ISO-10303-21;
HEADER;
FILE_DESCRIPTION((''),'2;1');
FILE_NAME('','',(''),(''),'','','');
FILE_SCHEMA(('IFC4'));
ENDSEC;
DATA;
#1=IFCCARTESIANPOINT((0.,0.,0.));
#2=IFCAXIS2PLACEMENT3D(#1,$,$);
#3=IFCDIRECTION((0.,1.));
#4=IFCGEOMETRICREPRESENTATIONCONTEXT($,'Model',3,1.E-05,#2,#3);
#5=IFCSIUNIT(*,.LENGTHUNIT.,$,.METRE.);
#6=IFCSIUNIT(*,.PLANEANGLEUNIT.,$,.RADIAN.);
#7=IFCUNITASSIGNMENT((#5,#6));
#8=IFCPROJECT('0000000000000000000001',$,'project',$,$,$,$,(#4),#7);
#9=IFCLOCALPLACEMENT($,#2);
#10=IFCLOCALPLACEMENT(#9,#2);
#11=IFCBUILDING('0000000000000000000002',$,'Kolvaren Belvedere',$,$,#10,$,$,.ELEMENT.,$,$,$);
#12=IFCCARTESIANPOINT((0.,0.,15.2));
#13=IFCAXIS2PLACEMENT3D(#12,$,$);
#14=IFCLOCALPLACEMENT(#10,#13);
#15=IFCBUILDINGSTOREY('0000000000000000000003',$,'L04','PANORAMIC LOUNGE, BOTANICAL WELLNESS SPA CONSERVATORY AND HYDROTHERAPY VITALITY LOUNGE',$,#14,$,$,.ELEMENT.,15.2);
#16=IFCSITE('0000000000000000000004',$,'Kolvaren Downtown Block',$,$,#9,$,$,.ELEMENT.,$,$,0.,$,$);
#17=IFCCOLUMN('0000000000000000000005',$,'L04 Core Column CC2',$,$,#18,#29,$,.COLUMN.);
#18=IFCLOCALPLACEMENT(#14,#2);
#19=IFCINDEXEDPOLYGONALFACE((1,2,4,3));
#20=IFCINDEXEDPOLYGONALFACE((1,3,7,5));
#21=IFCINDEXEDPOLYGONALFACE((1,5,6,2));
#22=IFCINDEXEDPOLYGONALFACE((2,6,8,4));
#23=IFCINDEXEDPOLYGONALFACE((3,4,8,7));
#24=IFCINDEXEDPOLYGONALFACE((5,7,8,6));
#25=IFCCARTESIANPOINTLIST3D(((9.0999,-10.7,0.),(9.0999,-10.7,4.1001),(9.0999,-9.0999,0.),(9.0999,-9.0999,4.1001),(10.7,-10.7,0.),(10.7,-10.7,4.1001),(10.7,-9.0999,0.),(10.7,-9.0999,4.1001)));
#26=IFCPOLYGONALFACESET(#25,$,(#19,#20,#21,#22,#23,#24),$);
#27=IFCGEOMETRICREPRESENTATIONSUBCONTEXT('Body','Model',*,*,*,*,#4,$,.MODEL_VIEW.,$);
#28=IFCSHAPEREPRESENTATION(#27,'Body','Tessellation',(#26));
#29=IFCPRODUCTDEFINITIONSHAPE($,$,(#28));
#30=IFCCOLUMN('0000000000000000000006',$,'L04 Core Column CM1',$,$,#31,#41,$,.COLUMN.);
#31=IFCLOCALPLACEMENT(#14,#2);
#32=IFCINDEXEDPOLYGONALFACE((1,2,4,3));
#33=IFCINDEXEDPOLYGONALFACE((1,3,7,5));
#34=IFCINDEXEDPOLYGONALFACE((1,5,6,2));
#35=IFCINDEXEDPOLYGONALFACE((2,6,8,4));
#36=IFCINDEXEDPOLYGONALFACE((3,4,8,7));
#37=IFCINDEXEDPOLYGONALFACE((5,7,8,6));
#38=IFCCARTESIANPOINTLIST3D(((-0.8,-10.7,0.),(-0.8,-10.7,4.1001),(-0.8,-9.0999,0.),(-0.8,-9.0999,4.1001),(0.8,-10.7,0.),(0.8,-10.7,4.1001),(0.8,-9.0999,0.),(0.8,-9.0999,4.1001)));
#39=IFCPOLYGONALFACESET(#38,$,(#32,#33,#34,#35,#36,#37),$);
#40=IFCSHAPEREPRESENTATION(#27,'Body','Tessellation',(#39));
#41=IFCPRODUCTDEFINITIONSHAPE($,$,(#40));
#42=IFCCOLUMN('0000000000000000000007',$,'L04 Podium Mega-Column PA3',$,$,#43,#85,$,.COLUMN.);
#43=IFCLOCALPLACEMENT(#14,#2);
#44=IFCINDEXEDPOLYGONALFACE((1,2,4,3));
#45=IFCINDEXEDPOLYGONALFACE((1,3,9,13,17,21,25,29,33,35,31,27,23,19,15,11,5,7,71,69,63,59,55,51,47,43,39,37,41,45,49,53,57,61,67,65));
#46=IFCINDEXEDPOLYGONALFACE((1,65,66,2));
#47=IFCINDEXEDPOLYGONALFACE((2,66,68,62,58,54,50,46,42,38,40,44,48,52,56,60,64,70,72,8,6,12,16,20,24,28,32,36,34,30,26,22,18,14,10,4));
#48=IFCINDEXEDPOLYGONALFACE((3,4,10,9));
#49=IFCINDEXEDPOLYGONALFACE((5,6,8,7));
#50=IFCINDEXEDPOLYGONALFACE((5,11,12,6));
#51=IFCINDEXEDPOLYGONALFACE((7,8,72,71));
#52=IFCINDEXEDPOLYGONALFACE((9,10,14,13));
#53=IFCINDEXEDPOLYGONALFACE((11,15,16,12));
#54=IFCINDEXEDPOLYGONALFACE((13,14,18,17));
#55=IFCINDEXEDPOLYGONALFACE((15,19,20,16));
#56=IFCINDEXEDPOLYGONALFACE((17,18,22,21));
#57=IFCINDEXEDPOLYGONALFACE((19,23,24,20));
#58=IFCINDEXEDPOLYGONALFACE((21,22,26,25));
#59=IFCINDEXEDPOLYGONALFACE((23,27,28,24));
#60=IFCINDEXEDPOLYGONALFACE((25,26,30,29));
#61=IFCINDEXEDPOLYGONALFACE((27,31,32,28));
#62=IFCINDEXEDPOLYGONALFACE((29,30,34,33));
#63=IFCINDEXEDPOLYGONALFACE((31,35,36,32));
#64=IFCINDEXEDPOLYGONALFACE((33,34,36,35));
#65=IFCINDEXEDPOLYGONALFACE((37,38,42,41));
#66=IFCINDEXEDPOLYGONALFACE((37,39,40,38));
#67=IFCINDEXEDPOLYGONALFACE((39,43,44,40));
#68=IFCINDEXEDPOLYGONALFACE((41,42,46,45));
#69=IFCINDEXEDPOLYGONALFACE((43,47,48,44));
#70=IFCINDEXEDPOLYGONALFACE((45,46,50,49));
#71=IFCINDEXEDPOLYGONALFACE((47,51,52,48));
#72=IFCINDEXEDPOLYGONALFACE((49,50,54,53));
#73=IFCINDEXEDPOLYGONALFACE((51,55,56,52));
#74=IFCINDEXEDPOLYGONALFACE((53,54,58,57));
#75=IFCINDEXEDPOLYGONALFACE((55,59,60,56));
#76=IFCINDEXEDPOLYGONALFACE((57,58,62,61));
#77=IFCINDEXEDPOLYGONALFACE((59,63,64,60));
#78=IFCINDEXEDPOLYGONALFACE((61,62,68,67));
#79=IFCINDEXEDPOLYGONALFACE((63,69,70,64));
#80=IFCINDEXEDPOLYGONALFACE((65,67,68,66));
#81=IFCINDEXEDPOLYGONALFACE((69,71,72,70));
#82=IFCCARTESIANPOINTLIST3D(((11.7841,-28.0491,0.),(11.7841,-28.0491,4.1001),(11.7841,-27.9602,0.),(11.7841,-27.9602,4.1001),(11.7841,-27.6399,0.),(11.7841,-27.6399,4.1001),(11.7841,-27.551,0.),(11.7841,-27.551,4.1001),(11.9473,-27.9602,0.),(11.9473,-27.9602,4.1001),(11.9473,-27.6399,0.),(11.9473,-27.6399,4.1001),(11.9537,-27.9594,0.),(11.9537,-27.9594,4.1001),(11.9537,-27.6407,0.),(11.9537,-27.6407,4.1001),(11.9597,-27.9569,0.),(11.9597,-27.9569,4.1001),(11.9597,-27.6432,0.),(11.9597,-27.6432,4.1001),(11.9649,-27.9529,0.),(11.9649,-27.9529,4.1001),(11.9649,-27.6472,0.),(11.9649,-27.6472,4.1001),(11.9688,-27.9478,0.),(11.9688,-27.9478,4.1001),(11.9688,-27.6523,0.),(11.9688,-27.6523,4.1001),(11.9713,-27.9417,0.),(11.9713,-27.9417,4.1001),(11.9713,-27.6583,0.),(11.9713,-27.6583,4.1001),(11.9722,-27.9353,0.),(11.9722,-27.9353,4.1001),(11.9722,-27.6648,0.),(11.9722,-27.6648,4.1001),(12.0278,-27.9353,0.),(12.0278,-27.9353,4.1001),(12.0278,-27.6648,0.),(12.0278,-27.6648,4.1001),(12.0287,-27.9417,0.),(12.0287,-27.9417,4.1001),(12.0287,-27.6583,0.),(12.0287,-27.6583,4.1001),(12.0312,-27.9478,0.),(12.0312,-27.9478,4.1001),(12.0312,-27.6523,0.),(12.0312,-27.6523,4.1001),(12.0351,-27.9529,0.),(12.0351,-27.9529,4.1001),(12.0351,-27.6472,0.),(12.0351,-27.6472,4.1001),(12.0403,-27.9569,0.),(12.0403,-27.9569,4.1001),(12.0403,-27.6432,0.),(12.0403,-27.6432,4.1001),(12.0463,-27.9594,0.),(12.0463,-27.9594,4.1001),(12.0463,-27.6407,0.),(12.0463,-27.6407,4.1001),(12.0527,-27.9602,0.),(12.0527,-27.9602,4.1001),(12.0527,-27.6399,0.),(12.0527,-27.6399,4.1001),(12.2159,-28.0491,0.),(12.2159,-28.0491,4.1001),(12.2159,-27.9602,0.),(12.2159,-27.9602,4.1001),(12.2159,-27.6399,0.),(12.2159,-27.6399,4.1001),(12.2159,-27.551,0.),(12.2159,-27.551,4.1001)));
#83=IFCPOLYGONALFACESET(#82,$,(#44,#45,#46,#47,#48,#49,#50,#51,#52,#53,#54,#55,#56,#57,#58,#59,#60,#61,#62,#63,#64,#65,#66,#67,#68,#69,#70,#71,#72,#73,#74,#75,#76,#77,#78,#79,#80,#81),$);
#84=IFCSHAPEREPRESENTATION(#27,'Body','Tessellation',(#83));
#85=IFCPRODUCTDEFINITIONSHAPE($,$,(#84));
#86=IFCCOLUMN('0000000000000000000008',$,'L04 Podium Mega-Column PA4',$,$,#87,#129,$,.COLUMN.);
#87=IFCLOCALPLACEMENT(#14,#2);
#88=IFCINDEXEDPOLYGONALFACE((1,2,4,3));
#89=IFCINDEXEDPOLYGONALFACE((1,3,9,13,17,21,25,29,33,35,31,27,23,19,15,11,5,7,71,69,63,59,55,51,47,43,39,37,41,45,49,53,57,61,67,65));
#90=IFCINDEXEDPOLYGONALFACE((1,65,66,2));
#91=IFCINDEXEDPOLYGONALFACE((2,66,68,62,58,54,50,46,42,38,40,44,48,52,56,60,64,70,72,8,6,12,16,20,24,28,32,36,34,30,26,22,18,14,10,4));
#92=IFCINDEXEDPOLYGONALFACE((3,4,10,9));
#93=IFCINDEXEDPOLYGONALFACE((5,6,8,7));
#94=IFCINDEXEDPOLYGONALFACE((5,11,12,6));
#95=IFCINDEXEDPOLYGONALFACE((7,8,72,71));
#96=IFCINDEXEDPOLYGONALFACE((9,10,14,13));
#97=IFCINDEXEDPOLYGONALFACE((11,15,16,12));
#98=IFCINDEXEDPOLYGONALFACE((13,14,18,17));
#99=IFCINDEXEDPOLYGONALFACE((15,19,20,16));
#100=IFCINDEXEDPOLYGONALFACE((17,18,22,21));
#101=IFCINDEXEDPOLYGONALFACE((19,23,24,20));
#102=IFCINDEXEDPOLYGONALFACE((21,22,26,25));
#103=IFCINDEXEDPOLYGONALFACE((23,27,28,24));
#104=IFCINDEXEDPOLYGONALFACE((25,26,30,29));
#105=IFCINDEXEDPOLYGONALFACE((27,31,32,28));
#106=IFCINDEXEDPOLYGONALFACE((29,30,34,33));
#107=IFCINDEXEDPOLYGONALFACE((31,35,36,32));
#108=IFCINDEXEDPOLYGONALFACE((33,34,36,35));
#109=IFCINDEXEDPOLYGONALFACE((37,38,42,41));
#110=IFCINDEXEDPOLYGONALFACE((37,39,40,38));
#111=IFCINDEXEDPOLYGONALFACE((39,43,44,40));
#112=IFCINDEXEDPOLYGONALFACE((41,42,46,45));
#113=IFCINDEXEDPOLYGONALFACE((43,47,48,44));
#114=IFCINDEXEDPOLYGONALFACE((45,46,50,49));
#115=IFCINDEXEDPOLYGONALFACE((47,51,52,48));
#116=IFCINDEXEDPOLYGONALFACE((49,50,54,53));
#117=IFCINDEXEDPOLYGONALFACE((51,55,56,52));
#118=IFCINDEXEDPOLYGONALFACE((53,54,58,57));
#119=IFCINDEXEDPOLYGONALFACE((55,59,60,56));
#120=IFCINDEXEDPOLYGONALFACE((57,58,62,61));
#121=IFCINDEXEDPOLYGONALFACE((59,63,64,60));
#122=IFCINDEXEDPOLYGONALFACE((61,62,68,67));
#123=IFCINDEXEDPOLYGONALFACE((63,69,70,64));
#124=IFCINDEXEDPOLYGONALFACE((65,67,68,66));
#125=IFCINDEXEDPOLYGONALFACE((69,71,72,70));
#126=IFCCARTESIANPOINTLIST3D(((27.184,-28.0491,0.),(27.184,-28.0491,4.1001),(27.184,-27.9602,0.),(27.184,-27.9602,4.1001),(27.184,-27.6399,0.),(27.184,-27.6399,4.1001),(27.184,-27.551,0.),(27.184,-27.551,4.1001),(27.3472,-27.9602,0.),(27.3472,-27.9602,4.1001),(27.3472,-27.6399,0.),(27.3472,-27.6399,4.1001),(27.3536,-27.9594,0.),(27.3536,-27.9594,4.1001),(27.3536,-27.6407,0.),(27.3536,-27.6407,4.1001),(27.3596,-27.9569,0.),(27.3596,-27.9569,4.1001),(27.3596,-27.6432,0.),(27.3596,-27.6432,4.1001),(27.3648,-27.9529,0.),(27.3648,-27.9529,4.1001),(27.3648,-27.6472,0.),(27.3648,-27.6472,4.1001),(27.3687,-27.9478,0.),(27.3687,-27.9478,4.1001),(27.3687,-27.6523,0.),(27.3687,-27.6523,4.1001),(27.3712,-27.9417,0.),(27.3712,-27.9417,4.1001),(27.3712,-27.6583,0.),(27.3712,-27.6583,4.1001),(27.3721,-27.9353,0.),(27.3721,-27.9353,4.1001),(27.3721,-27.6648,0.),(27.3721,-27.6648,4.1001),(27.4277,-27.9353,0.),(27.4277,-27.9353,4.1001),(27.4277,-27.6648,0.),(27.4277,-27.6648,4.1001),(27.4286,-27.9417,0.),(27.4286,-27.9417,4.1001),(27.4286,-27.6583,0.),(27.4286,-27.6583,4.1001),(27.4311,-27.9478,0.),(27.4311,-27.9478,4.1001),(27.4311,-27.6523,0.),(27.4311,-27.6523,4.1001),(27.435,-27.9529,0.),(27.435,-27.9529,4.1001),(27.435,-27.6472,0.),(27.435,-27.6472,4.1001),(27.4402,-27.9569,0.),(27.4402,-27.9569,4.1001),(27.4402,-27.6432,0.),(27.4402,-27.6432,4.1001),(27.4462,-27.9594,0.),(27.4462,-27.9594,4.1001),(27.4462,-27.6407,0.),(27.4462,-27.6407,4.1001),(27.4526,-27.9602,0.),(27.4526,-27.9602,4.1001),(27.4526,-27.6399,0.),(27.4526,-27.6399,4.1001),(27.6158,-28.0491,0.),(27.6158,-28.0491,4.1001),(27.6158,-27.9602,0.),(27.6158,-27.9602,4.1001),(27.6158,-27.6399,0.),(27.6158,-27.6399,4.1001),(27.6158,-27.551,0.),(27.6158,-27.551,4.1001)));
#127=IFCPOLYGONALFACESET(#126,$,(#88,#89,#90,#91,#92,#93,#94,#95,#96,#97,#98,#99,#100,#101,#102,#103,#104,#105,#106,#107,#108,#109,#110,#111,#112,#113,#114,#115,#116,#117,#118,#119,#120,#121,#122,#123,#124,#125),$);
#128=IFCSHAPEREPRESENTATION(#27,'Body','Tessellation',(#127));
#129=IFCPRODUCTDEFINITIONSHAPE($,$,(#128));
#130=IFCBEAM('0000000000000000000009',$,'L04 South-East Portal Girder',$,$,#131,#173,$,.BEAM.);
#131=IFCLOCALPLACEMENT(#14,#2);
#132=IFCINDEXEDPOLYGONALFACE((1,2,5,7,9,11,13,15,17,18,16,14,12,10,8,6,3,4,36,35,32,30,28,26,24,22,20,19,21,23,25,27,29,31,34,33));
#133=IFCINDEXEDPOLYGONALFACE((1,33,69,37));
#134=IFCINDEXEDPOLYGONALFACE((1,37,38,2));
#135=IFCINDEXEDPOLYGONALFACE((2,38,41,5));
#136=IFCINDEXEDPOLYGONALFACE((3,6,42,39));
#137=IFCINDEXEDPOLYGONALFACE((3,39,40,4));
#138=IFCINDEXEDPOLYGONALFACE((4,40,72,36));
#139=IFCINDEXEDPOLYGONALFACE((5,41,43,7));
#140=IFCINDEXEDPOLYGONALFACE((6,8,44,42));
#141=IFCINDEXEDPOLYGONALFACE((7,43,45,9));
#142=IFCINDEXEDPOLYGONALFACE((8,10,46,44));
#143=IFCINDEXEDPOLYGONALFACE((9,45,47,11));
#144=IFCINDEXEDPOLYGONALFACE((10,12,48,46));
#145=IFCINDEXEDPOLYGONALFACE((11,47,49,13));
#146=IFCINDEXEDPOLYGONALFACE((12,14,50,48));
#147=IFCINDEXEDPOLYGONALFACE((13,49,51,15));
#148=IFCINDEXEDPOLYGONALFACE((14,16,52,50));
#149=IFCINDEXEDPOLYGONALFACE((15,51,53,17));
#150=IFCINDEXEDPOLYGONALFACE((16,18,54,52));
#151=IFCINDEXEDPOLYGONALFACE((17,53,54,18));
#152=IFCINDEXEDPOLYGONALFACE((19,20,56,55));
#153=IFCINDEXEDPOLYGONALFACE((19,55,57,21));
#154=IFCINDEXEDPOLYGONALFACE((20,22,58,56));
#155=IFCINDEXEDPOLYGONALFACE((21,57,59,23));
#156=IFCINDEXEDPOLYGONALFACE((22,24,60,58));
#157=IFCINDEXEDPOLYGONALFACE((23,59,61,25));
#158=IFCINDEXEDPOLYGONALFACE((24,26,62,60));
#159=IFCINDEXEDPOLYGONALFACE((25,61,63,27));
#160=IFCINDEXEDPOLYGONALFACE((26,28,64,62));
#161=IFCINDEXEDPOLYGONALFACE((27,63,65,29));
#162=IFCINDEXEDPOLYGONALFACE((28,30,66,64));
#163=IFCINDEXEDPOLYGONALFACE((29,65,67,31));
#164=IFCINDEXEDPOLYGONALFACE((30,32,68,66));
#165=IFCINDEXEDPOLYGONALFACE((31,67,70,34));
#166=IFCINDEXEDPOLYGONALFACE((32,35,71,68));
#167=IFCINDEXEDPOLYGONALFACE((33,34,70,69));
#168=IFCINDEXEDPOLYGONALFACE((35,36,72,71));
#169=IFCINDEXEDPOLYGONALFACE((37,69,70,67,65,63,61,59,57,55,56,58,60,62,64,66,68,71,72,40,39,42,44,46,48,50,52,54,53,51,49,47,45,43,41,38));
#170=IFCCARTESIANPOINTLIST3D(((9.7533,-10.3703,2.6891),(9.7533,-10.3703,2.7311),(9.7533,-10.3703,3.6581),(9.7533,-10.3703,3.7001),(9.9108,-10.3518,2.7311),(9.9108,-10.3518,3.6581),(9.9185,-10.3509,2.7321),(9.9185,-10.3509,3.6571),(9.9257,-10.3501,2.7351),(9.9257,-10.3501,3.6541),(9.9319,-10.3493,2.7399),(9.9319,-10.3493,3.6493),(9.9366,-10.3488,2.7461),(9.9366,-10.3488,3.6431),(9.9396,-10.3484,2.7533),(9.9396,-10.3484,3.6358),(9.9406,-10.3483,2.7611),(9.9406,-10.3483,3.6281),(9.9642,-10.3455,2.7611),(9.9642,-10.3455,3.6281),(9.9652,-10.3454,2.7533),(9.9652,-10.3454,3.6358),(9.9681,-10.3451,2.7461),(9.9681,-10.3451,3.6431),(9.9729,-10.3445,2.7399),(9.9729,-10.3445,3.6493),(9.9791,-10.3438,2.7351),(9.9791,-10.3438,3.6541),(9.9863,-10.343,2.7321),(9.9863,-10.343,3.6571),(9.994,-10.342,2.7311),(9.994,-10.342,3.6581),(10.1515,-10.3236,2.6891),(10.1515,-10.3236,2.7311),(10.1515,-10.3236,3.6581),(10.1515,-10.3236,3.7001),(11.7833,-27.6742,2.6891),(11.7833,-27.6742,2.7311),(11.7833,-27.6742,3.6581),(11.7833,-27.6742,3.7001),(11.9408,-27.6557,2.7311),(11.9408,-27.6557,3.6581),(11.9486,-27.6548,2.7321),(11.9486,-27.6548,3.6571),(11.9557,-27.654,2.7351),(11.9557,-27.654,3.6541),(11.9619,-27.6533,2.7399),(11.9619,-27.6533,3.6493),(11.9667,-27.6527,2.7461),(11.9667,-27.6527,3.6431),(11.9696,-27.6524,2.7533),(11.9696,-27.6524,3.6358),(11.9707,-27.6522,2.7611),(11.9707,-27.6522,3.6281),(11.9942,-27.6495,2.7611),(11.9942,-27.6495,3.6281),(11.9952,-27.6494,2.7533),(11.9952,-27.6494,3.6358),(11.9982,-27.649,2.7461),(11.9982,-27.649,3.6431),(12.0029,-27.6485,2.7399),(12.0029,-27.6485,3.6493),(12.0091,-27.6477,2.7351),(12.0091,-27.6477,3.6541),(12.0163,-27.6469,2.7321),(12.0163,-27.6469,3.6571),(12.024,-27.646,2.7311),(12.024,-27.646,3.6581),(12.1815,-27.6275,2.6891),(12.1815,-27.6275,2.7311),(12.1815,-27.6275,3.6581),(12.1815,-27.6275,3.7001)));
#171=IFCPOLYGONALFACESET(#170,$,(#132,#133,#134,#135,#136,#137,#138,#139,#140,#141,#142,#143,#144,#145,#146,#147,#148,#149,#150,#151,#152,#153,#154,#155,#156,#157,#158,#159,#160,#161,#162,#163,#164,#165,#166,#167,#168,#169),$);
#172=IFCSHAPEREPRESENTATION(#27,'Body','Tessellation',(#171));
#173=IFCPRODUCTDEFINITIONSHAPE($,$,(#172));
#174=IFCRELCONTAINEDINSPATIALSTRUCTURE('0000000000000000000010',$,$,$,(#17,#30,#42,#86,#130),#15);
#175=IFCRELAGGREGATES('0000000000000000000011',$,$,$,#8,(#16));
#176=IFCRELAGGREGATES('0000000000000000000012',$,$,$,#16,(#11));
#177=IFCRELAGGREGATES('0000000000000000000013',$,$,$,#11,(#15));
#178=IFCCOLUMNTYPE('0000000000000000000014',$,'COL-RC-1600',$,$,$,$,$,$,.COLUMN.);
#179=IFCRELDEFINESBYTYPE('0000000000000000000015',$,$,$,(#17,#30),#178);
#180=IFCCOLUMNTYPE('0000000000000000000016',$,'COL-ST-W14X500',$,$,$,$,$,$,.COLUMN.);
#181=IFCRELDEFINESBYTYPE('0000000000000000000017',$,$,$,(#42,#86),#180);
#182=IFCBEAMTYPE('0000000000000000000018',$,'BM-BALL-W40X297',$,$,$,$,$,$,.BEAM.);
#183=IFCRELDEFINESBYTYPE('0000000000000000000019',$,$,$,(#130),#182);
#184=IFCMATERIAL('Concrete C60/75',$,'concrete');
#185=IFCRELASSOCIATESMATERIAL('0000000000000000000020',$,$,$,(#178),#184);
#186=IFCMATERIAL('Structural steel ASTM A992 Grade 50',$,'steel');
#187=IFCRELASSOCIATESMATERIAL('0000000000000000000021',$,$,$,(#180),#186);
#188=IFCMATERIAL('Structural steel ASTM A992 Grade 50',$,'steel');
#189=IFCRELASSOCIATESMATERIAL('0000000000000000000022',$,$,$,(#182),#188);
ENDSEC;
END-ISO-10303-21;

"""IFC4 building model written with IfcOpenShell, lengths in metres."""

from ifc_helpers import new_model, si_unit, direction, frame, origin, origin_2d, place, context, subcontext, project, spatial, rectangle, i_section, extrude, material, material_profile, profile_set, type_object, element, save


model = new_model("IFC4")

# Units and contexts
model_context = context("Model", 3, precision=1e-05, world=origin(), true_north=direction((0.0, 1.0)))
body_context = subcontext(model_context, "Body", "Model", "MODEL_VIEW")
ifc_project = project(units=[si_unit("LENGTHUNIT", "METRE"), si_unit("PLANEANGLEUNIT", "RADIAN")], contexts=[model_context])

# Site, building, storey
site_placement = place(None, origin())
site = spatial("IfcSite", under=ifc_project, at=site_placement, Name="Kolvaren Downtown Block", CompositionType="ELEMENT", RefElevation=0.0)
building_placement = place(site_placement, origin())
building = spatial("IfcBuilding", under=site, at=building_placement, Name="Kolvaren Belvedere", CompositionType="ELEMENT")
storey_placement = place(building_placement, frame((0.0, 0.0, 15.2)))
storey = spatial("IfcBuildingStorey", under=building, at=storey_placement, Name="L04", Description="PANORAMIC LOUNGE, BOTANICAL WELLNESS SPA CONSERVATORY AND HYDROTHERAPY VITALITY LOUNGE", CompositionType="ELEMENT", Elevation=15.2)

# Columns
ifc_material_1 = material(Name="Concrete C60/75", Category="concrete")
ifc_material_profile_1 = material_profile(ifc_material_1, rectangle(XDim=1.6001, YDim=1.6001, at=origin_2d()), Name="RC 1600X1600")
ifc_profile_set_1 = profile_set([ifc_material_profile_1], Name="Concrete C60/75")
column_type_1 = type_object("IfcColumnType", Name="COL-RC-1600", PredefinedType="COLUMN", material=ifc_profile_set_1)
for number, where, z_axis, x_axis, name in (
    (1, (9.8999, -9.8999, 0.0), (0.0, 0.0, 1.0), (1.0, 0.0, 0.0), "L04 Core Column CC2"),
    (2, (0.0, -9.8999, 0.0), (0.0, 0.0, 1.0), (1.0, 0.0, 0.0), "L04 Core Column CM1"),
):
    element("IfcColumn", number, at=place(storey_placement, frame(where, z_axis=z_axis, x_axis=x_axis)), inside=storey, type_object=column_type_1, Name=name, PredefinedType="COLUMN", context=body_context, shape_type="SweptSolid", body=[
        extrude(rectangle(XDim=1.6001, YDim=1.6001, at=origin_2d()), origin(), (0.0, 0.0, 1.0), 4.1001),
    ])
ifc_material_2 = material(Name="Structural steel ASTM A992 Grade 50", Category="steel")
ifc_material_profile_2 = material_profile(ifc_material_2, i_section(OverallWidth=0.4319, OverallDepth=0.498, WebThickness=0.0557, FlangeThickness=0.0889, FilletRadius=0.0249, at=origin_2d()), Name="W14X500")
ifc_profile_set_2 = profile_set([ifc_material_profile_2], Name="Structural steel ASTM A992 Grade 50")
column_type_2 = type_object("IfcColumnType", Name="COL-ST-W14X500", PredefinedType="COLUMN", material=ifc_profile_set_2)
for number, where, z_axis, x_axis, name in (
    (3, (12.0, -27.8, 0.0), (0.0, 0.0, 1.0), (1.0, 0.0, 0.0), "L04 Podium Mega-Column PA3"),
    (4, (27.3999, -27.8, 0.0), (0.0, 0.0, 1.0), (1.0, 0.0, 0.0), "L04 Podium Mega-Column PA4"),
):
    element("IfcColumn", number, at=place(storey_placement, frame(where, z_axis=z_axis, x_axis=x_axis)), inside=storey, type_object=column_type_2, Name=name, PredefinedType="COLUMN", context=body_context, shape_type="SweptSolid", body=[
        extrude(i_section(OverallWidth=0.4319, OverallDepth=0.498, WebThickness=0.0557, FlangeThickness=0.0889, FilletRadius=0.0249, at=origin_2d()), origin(), (0.0, 0.0, 1.0), 4.1001),
    ])

# Beam
ifc_material_3 = material(Name="Structural steel ASTM A992 Grade 50", Category="steel")
ifc_material_profile_3 = material_profile(ifc_material_3, i_section(OverallWidth=0.4009, OverallDepth=1.011, WebThickness=0.0237, FlangeThickness=0.042, FilletRadius=0.03, at=origin_2d()), Name="W40X297")
ifc_profile_set_3 = profile_set([ifc_material_profile_3], Name="Structural steel ASTM A992 Grade 50")
beam_type_1 = type_object("IfcBeamType", Name="BM-BALL-W40X297", PredefinedType="BEAM", material=ifc_profile_set_3)
beam_1_placement = place(storey_placement, frame((9.9524, -10.3469, 3.1946), z_axis=(0.116517, -0.993189, 0.0), x_axis=(0.993189, 0.116517, 0.0)))
element("IfcBeam", 5, at=beam_1_placement, inside=storey, type_object=beam_type_1, Name="L04 South-East Portal Girder", PredefinedType="BEAM", context=body_context, shape_type="SweptSolid", body=[
    extrude(i_section(OverallWidth=0.4009, OverallDepth=1.011, WebThickness=0.0237, FlangeThickness=0.042, FilletRadius=0.03, at=origin_2d()), origin(), (0.0, 0.0, 1.0), 17.4226),
])

save(model, "model.ifc")
